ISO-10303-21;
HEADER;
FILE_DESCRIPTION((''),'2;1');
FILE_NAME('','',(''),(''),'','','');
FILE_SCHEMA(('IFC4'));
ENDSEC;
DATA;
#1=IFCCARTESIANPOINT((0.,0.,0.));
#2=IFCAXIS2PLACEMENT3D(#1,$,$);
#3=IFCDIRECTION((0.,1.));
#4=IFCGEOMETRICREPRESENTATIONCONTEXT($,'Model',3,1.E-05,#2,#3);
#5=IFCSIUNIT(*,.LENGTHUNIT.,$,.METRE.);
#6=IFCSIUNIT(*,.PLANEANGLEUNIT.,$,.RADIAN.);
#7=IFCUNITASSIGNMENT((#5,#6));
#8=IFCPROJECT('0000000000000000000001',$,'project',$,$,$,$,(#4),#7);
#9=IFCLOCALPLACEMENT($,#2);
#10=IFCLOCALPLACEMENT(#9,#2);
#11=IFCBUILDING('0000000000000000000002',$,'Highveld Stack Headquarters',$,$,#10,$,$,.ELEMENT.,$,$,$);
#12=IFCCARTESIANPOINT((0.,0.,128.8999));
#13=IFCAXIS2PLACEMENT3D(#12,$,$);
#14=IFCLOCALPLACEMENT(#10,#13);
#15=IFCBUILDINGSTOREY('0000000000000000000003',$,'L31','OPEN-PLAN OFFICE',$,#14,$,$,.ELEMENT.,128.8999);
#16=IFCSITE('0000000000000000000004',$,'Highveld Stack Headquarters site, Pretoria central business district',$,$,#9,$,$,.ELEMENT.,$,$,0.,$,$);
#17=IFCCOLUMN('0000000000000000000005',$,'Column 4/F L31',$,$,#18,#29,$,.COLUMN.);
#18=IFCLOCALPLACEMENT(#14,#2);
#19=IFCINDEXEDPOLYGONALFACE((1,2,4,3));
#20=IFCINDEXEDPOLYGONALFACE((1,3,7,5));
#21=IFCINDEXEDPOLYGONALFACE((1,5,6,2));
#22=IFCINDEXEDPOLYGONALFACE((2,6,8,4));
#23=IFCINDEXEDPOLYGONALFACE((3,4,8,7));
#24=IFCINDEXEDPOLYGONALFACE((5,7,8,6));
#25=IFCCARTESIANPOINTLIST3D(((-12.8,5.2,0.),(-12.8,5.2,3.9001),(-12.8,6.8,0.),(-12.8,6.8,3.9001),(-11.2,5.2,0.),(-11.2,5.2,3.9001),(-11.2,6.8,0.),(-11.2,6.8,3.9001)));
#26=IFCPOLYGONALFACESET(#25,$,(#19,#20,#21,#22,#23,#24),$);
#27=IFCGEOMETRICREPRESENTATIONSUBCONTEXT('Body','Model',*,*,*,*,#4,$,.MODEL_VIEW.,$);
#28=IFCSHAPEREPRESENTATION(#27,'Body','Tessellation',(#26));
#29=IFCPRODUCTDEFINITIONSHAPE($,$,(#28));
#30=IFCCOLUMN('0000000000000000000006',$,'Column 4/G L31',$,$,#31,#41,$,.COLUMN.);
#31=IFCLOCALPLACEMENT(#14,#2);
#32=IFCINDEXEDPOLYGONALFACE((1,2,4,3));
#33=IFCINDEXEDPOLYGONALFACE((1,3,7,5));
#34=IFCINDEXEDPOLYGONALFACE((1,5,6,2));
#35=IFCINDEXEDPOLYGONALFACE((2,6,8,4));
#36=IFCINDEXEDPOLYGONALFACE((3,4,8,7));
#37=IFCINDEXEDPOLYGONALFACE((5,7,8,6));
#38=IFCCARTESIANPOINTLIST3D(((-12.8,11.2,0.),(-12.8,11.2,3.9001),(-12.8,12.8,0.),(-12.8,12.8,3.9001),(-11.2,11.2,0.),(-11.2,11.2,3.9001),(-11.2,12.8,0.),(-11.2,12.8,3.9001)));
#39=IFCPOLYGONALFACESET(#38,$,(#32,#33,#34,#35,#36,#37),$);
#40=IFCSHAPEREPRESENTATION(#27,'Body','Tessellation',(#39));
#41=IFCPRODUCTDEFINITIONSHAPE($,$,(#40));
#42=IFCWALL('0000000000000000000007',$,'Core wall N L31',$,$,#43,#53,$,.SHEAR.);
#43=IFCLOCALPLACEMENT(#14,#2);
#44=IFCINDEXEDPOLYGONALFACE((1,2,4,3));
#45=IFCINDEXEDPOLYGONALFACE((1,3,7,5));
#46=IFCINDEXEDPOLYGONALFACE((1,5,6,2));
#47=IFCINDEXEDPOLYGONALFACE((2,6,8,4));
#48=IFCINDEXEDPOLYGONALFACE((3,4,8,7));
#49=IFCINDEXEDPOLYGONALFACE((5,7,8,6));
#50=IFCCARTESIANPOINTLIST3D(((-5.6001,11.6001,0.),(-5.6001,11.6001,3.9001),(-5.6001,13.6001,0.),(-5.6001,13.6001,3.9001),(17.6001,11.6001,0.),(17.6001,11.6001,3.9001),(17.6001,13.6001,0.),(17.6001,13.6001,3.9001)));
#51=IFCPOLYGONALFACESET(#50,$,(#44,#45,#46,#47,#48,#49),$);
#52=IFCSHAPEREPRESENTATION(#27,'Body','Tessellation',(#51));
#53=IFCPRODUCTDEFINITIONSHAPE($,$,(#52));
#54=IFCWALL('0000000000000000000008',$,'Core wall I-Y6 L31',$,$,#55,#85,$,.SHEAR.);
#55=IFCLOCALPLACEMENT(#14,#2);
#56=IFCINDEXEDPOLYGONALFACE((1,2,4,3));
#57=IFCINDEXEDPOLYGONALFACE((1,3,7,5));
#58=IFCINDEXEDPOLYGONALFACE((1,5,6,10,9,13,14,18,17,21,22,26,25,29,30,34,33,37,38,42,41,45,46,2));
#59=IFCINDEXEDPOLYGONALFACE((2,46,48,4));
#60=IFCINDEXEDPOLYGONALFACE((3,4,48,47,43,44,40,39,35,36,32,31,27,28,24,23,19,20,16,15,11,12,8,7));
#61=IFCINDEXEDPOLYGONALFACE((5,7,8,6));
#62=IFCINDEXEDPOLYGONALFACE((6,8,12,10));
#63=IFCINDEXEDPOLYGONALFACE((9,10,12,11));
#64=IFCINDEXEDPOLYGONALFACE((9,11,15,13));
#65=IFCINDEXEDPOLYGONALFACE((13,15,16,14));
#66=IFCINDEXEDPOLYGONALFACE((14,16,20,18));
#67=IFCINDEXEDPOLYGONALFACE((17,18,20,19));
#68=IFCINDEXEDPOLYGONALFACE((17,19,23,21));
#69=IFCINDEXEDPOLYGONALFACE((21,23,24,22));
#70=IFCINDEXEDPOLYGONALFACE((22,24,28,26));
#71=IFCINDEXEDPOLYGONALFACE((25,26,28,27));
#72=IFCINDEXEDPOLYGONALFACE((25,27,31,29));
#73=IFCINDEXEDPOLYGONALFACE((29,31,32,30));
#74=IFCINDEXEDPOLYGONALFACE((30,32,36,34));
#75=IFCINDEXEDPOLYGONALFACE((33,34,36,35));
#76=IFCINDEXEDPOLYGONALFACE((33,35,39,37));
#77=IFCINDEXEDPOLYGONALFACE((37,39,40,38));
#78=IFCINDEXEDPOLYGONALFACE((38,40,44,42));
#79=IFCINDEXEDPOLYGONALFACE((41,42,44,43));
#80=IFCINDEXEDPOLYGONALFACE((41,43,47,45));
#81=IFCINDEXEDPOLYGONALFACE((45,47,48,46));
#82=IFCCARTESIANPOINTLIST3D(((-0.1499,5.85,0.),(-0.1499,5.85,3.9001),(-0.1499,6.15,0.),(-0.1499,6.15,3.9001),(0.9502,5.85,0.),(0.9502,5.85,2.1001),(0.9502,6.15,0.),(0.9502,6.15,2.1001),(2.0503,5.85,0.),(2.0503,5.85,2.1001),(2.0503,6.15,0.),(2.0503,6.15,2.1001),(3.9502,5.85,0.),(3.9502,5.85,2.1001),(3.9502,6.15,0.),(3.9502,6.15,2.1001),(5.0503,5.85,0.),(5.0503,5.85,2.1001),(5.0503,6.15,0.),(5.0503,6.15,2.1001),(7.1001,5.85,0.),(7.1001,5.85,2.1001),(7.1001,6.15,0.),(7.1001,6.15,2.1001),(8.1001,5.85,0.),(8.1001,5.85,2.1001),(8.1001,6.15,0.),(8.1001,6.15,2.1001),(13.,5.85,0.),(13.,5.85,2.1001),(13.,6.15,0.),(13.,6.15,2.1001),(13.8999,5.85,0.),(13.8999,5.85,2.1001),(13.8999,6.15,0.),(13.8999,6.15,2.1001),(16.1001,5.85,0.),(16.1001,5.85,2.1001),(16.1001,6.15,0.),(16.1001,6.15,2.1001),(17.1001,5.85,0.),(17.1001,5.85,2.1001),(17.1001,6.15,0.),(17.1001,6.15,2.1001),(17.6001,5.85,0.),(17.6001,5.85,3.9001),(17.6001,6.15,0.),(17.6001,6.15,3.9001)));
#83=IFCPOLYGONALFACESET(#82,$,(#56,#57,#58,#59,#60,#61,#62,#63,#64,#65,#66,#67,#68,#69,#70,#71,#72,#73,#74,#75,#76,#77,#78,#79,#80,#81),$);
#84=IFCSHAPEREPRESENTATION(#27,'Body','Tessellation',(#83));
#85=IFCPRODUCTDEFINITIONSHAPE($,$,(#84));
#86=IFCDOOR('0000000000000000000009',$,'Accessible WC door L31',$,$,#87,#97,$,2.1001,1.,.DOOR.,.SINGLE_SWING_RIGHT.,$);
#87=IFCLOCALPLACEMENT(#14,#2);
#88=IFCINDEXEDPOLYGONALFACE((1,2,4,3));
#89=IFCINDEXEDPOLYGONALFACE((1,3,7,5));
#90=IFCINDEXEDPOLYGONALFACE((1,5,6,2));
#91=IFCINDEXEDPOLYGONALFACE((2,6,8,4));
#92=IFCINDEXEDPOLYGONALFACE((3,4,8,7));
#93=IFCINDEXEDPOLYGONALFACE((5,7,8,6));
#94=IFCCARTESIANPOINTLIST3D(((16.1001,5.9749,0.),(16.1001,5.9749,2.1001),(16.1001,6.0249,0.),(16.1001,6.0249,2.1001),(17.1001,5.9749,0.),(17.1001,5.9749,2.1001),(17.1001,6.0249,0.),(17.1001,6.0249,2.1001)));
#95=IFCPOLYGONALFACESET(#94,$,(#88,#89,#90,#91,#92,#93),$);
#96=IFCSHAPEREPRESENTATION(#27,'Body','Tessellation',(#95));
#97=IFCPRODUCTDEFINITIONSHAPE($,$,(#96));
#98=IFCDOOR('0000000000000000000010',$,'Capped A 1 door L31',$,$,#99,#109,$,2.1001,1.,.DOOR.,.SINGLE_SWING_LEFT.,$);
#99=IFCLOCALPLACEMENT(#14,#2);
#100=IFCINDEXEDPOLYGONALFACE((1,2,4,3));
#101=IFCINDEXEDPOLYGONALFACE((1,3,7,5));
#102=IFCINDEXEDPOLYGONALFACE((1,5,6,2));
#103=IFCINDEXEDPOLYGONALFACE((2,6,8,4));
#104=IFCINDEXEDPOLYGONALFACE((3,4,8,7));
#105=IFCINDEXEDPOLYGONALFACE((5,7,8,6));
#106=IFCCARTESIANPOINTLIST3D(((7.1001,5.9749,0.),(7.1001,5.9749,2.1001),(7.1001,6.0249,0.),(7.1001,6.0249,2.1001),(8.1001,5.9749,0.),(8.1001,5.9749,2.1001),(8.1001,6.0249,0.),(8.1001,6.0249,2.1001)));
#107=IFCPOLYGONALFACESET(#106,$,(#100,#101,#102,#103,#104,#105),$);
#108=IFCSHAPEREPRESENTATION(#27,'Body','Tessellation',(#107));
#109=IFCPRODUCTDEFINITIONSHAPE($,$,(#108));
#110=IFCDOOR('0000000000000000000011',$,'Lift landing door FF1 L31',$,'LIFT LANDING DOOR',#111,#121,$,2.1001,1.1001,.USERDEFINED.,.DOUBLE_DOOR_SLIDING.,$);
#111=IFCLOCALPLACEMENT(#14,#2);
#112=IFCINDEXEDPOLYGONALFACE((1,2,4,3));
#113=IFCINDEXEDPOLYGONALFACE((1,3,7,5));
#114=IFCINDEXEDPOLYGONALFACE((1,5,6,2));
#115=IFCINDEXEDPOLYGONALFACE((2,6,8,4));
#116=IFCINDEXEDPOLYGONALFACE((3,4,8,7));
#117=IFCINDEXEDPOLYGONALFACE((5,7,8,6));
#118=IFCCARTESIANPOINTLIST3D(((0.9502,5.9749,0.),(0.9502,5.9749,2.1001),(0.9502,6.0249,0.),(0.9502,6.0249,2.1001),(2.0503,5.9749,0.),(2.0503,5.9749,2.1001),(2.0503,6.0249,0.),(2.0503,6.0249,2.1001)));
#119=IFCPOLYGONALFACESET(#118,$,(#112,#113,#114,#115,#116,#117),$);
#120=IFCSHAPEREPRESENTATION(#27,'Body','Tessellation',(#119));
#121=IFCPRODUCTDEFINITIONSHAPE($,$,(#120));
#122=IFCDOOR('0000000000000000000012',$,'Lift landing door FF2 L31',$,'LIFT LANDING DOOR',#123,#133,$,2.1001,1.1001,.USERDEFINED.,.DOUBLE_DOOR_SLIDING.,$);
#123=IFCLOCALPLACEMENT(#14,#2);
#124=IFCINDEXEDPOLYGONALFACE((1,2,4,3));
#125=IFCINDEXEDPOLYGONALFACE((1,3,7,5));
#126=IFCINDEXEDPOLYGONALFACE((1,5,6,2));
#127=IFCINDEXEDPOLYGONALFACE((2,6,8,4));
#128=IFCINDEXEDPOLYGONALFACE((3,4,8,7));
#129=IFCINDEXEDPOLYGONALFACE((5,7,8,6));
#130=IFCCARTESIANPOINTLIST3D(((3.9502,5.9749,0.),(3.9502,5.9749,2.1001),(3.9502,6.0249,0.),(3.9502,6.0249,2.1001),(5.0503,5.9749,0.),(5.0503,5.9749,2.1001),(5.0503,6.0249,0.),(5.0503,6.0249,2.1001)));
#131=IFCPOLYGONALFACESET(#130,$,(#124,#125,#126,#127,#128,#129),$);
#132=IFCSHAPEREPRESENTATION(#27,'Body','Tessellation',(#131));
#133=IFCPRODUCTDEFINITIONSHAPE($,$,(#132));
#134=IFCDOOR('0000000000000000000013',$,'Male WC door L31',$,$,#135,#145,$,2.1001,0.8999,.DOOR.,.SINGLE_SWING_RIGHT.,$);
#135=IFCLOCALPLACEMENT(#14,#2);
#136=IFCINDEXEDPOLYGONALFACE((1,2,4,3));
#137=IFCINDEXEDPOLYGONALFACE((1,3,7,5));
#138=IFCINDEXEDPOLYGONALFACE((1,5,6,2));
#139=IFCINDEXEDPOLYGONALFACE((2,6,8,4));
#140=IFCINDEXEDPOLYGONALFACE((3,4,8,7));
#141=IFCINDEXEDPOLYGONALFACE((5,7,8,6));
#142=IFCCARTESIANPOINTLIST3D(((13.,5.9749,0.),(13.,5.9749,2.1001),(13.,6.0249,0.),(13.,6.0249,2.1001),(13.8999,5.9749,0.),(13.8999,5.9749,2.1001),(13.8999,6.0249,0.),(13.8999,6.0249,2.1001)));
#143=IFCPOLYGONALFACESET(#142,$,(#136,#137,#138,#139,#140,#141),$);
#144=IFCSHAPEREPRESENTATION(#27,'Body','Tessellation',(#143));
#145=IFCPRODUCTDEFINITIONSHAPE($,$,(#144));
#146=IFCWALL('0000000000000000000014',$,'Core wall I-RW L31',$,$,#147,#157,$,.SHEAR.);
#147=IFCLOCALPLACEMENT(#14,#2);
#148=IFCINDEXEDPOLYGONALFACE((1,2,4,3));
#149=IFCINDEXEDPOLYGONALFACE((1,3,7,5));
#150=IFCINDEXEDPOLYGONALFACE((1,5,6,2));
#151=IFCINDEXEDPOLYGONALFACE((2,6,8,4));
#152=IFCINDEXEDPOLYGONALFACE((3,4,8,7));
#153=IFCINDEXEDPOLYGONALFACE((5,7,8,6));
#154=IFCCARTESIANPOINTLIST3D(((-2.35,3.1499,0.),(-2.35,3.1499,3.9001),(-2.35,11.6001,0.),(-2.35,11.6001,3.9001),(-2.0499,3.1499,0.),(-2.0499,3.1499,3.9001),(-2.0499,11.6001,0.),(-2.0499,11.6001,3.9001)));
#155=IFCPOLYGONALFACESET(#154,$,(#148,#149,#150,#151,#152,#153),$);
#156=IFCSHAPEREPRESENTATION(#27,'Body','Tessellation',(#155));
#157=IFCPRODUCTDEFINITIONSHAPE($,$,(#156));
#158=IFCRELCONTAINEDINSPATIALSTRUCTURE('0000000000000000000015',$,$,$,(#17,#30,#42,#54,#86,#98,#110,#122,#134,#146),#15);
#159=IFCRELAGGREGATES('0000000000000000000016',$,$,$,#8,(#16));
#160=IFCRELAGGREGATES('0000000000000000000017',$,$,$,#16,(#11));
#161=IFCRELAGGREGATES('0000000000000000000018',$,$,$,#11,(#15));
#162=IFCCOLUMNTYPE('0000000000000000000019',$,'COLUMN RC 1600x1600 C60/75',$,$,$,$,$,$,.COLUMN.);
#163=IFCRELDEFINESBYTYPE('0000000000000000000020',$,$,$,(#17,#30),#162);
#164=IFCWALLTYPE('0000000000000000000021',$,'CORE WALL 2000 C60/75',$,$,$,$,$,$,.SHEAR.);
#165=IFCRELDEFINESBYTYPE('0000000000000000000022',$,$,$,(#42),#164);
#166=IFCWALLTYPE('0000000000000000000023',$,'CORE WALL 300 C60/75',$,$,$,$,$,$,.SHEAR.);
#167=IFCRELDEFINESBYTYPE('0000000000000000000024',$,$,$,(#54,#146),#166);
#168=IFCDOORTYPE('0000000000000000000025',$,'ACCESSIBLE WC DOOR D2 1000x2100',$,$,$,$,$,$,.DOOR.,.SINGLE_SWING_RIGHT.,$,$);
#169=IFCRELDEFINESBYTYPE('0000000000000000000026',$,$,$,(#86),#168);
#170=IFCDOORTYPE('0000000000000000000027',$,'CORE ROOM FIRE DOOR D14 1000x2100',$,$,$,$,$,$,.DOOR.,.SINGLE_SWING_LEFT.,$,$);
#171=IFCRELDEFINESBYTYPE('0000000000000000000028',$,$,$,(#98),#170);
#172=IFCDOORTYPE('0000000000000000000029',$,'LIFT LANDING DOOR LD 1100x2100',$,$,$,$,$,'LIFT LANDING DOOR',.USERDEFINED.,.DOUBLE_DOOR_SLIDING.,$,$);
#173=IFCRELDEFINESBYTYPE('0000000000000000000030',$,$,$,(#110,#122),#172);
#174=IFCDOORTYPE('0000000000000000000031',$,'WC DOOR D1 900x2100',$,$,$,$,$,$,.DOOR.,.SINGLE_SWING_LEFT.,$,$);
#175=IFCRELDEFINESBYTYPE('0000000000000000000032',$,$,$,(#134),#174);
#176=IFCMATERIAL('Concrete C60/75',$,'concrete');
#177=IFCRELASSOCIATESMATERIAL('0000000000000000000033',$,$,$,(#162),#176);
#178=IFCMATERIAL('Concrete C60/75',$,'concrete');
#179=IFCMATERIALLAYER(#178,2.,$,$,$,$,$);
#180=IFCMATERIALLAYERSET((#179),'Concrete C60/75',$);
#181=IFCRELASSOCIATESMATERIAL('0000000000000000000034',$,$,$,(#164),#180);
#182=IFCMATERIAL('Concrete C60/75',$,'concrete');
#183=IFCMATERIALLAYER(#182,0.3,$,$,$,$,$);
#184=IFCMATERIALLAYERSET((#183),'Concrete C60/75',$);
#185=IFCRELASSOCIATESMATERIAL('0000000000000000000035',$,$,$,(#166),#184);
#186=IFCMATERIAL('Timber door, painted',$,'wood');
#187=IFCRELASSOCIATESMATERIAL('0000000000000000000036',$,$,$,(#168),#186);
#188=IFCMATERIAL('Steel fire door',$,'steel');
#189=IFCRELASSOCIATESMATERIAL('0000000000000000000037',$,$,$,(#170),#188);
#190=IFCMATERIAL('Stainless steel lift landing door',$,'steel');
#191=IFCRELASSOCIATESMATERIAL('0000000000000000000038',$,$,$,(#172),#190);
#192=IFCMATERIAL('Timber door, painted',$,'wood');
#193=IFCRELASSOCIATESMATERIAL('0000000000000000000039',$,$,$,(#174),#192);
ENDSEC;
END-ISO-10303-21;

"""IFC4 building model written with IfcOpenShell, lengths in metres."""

from ifc_helpers import new_model, si_unit, direction, frame, frame_2d, origin, origin_2d, place, context, subcontext, project, spatial, rectangle, extrude, material, layer, layer_set, material_profile, profile_set, type_object, element, fill, save


model = new_model("IFC4")

# Units and contexts
model_context = context("Model", 3, precision=1e-05, world=origin(), true_north=direction((0.0, 1.0)))
body_context = subcontext(model_context, "Body", "Model", "MODEL_VIEW")
ifc_project = project(units=[si_unit("LENGTHUNIT", "METRE"), si_unit("PLANEANGLEUNIT", "RADIAN")], contexts=[model_context])

# Site, building, storey
site_placement = place(None, origin())
site = spatial("IfcSite", under=ifc_project, at=site_placement, Name="Highveld Stack Headquarters site, Pretoria central business district", CompositionType="ELEMENT", RefElevation=0.0)
building_placement = place(site_placement, origin())
building = spatial("IfcBuilding", under=site, at=building_placement, Name="Highveld Stack Headquarters", CompositionType="ELEMENT")
storey_placement = place(building_placement, frame((0.0, 0.0, 128.8999)))
storey = spatial("IfcBuildingStorey", under=building, at=storey_placement, Name="L31", Description="OPEN-PLAN OFFICE", CompositionType="ELEMENT", Elevation=128.8999)

# Columns
ifc_material_1 = material(Name="Concrete C60/75", Category="concrete")
ifc_material_profile = material_profile(ifc_material_1, rectangle(XDim=1.6001, YDim=1.6001, at=origin_2d()), Name="RC 1600x1600")
ifc_profile_set = profile_set([ifc_material_profile], Name="Concrete C60/75")
column_type = type_object("IfcColumnType", Name="COLUMN RC 1600x1600 C60/75", PredefinedType="COLUMN", material=ifc_profile_set)
for number, where, z_axis, x_axis, name in (
    (1, (-12.0, 6.0, 0.0), (0.0, 0.0, 1.0), (1.0, 0.0, 0.0), "Column 4/F L31"),
    (2, (-12.0, 12.0, 0.0), (0.0, 0.0, 1.0), (1.0, 0.0, 0.0), "Column 4/G L31"),
):
    element("IfcColumn", number, at=place(storey_placement, frame(where, z_axis=z_axis, x_axis=x_axis)), inside=storey, type_object=column_type, Name=name, PredefinedType="COLUMN", context=body_context, shape_type="SweptSolid", body=[
        extrude(rectangle(XDim=1.6001, YDim=1.6001, at=origin_2d()), origin(), (0.0, 0.0, 1.0), 3.9001),
    ])

# Wall
ifc_material_2 = material(Name="Concrete C60/75", Category="concrete")
ifc_layer_1 = layer(ifc_material_2, 2.0)
ifc_layer_set_1 = layer_set([ifc_layer_1], Name="Concrete C60/75")
wall_type_1 = type_object("IfcWallType", Name="CORE WALL 2000 C60/75", PredefinedType="SHEAR", material=ifc_layer_set_1)
wall_1_placement = place(storey_placement, frame((-5.6001, 12.6001, 0.0), z_axis=(0.0, 0.0, 1.0), x_axis=(1.0, 0.0, 0.0)))
element("IfcWall", 3, at=wall_1_placement, inside=storey, type_object=wall_type_1, Name="Core wall N L31", PredefinedType="SHEAR", context=body_context, shape_type="SweptSolid", body=[
    extrude(rectangle(XDim=23.2002, YDim=2.0, at=frame_2d((11.6001, 0.0))), origin(), (0.0, 0.0, 1.0), 3.9001),
])

# Wall, openings, doors
ifc_material_3 = material(Name="Concrete C60/75", Category="concrete")
ifc_layer_2 = layer(ifc_material_3, 0.3)
ifc_layer_set_2 = layer_set([ifc_layer_2], Name="Concrete C60/75")
wall_type_2 = type_object("IfcWallType", Name="CORE WALL 300 C60/75", PredefinedType="SHEAR", material=ifc_layer_set_2)
wall_2_placement = place(storey_placement, frame((-0.1499, 6.0, 0.0), z_axis=(0.0, 0.0, 1.0), x_axis=(1.0, 0.0, 0.0)))
wall_2 = element("IfcWall", 4, at=wall_2_placement, inside=storey, type_object=wall_type_2, Name="Core wall I-Y6 L31", PredefinedType="SHEAR", context=body_context, shape_type="SweptSolid", body=[
    extrude(rectangle(XDim=17.75, YDim=0.3, at=frame_2d((8.875, 0.0))), origin(), (0.0, 0.0, 1.0), 3.9001),
])
opening_1_placement = place(wall_2_placement, frame((13.1499, 0.0, 0.0)))
opening_1 = element("IfcOpeningElement", 5, at=opening_1_placement, cuts=wall_2, PredefinedType="OPENING", context=body_context, shape_type="SweptSolid", body=[
    extrude(rectangle(XDim=0.8999, YDim=2.1001, at=frame_2d((0.45, 1.05))), frame((0.0, 0.1599, 0.0), z_axis=(0.0, -1.0, 0.0), x_axis=(1.0, 0.0, 0.0)), (0.0, 0.0, 1.0), 0.3201),
])
opening_2_placement = place(wall_2_placement, frame((16.25, 0.0, 0.0)))
opening_2 = element("IfcOpeningElement", 6, at=opening_2_placement, cuts=wall_2, PredefinedType="OPENING", context=body_context, shape_type="SweptSolid", body=[
    extrude(rectangle(XDim=1.0, YDim=2.1001, at=frame_2d((0.5, 1.05))), frame((0.0, 0.1599, 0.0), z_axis=(0.0, -1.0, 0.0), x_axis=(1.0, 0.0, 0.0)), (0.0, 0.0, 1.0), 0.3201),
])
opening_3_placement = place(wall_2_placement, frame((7.25, 0.0, 0.0)))
opening_3 = element("IfcOpeningElement", 7, at=opening_3_placement, cuts=wall_2, PredefinedType="OPENING", context=body_context, shape_type="SweptSolid", body=[
    extrude(rectangle(XDim=1.0, YDim=2.1001, at=frame_2d((0.5, 1.05))), frame((0.0, 0.1599, 0.0), z_axis=(0.0, -1.0, 0.0), x_axis=(1.0, 0.0, 0.0)), (0.0, 0.0, 1.0), 0.3201),
])
opening_4_placement = place(wall_2_placement, frame((1.1001, 0.0, 0.0)))
opening_4 = element("IfcOpeningElement", 8, at=opening_4_placement, cuts=wall_2, PredefinedType="OPENING", context=body_context, shape_type="SweptSolid", body=[
    extrude(rectangle(XDim=1.1001, YDim=2.1001, at=frame_2d((0.55, 1.05))), frame((0.0, 0.1599, 0.0), z_axis=(0.0, -1.0, 0.0), x_axis=(1.0, 0.0, 0.0)), (0.0, 0.0, 1.0), 0.3201),
])
opening_5_placement = place(wall_2_placement, frame((4.1001, 0.0, 0.0)))
opening_5 = element("IfcOpeningElement", 9, at=opening_5_placement, cuts=wall_2, PredefinedType="OPENING", context=body_context, shape_type="SweptSolid", body=[
    extrude(rectangle(XDim=1.1001, YDim=2.1001, at=frame_2d((0.55, 1.05))), frame((0.0, 0.1599, 0.0), z_axis=(0.0, -1.0, 0.0), x_axis=(1.0, 0.0, 0.0)), (0.0, 0.0, 1.0), 0.3201),
])
ifc_material_4 = material(Name="Timber door, painted", Category="wood")
door_type_1 = type_object("IfcDoorType", Name="ACCESSIBLE WC DOOR D2 1000x2100", OperationType="SINGLE_SWING_RIGHT", PredefinedType="DOOR", material=ifc_material_4)
door_1_placement = place(opening_2_placement, origin())
door_1 = element("IfcDoor", 10, at=door_1_placement, inside=storey, type_object=door_type_1, Name="Accessible WC door L31", OperationType="SINGLE_SWING_RIGHT", OverallHeight=2.1001, OverallWidth=1.0, PredefinedType="DOOR", context=body_context, shape_type="SweptSolid", body=[
    extrude(rectangle(XDim=1.0, YDim=2.1001, at=frame_2d((0.5, 1.05))), frame((0.0, 0.0249, 0.0), z_axis=(0.0, -1.0, 0.0), x_axis=(1.0, 0.0, 0.0)), (0.0, 0.0, 1.0), 0.05),
])
fill(opening_2, door_1)
ifc_material_5 = material(Name="Steel fire door", Category="steel")
door_type_2 = type_object("IfcDoorType", Name="CORE ROOM FIRE DOOR D14 1000x2100", OperationType="SINGLE_SWING_LEFT", PredefinedType="DOOR", material=ifc_material_5)
door_2_placement = place(opening_3_placement, origin())
door_2 = element("IfcDoor", 11, at=door_2_placement, inside=storey, type_object=door_type_2, Name="Capped A 1 door L31", OperationType="SINGLE_SWING_LEFT", OverallHeight=2.1001, OverallWidth=1.0, PredefinedType="DOOR", context=body_context, shape_type="SweptSolid", body=[
    extrude(rectangle(XDim=1.0, YDim=2.1001, at=frame_2d((0.5, 1.05))), frame((0.0, 0.0249, 0.0), z_axis=(0.0, -1.0, 0.0), x_axis=(1.0, 0.0, 0.0)), (0.0, 0.0, 1.0), 0.05),
])
fill(opening_3, door_2)
ifc_material_6 = material(Name="Stainless steel lift landing door", Category="steel")
door_type_3 = type_object("IfcDoorType", Name="LIFT LANDING DOOR LD 1100x2100", ElementType="LIFT LANDING DOOR", OperationType="DOUBLE_DOOR_SLIDING", PredefinedType="USERDEFINED", material=ifc_material_6)
door_3_placement = place(opening_4_placement, origin())
door_3 = element("IfcDoor", 12, at=door_3_placement, inside=storey, type_object=door_type_3, Name="Lift landing door FF1 L31", ObjectType="LIFT LANDING DOOR", OperationType="DOUBLE_DOOR_SLIDING", OverallHeight=2.1001, OverallWidth=1.1001, PredefinedType="USERDEFINED", context=body_context, shape_type="SweptSolid", body=[
    extrude(rectangle(XDim=1.1001, YDim=2.1001, at=frame_2d((0.55, 1.05))), frame((0.0, 0.0249, 0.0), z_axis=(0.0, -1.0, 0.0), x_axis=(1.0, 0.0, 0.0)), (0.0, 0.0, 1.0), 0.05),
])
fill(opening_4, door_3)
door_4_placement = place(opening_5_placement, origin())
door_4 = element("IfcDoor", 13, at=door_4_placement, inside=storey, type_object=door_type_3, Name="Lift landing door FF2 L31", ObjectType="LIFT LANDING DOOR", OperationType="DOUBLE_DOOR_SLIDING", OverallHeight=2.1001, OverallWidth=1.1001, PredefinedType="USERDEFINED", context=body_context, shape_type="SweptSolid", body=[
    extrude(rectangle(XDim=1.1001, YDim=2.1001, at=frame_2d((0.55, 1.05))), frame((0.0, 0.0249, 0.0), z_axis=(0.0, -1.0, 0.0), x_axis=(1.0, 0.0, 0.0)), (0.0, 0.0, 1.0), 0.05),
])
fill(opening_5, door_4)
ifc_material_7 = material(Name="Timber door, painted", Category="wood")
door_type_4 = type_object("IfcDoorType", Name="WC DOOR D1 900x2100", OperationType="SINGLE_SWING_LEFT", PredefinedType="DOOR", material=ifc_material_7)
door_5_placement = place(opening_1_placement, origin())
door_5 = element("IfcDoor", 14, at=door_5_placement, inside=storey, type_object=door_type_4, Name="Male WC door L31", OperationType="SINGLE_SWING_RIGHT", OverallHeight=2.1001, OverallWidth=0.8999, PredefinedType="DOOR", context=body_context, shape_type="SweptSolid", body=[
    extrude(rectangle(XDim=0.8999, YDim=2.1001, at=frame_2d((0.45, 1.05))), frame((0.0, 0.0249, 0.0), z_axis=(0.0, -1.0, 0.0), x_axis=(1.0, 0.0, 0.0)), (0.0, 0.0, 1.0), 0.05),
])
fill(opening_1, door_5)

# Wall
wall_3_placement = place(storey_placement, frame((-2.2, 3.1499, 0.0), z_axis=(0.0, 0.0, 1.0), x_axis=(0.0, 1.0, 0.0)))
element("IfcWall", 15, at=wall_3_placement, inside=storey, type_object=wall_type_2, Name="Core wall I-RW L31", PredefinedType="SHEAR", context=body_context, shape_type="SweptSolid", body=[
    extrude(rectangle(XDim=8.4502, YDim=0.3, at=frame_2d((4.2251, 0.0))), origin(), (0.0, 0.0, 1.0), 3.9001),
])

save(model, "model.ifc")
